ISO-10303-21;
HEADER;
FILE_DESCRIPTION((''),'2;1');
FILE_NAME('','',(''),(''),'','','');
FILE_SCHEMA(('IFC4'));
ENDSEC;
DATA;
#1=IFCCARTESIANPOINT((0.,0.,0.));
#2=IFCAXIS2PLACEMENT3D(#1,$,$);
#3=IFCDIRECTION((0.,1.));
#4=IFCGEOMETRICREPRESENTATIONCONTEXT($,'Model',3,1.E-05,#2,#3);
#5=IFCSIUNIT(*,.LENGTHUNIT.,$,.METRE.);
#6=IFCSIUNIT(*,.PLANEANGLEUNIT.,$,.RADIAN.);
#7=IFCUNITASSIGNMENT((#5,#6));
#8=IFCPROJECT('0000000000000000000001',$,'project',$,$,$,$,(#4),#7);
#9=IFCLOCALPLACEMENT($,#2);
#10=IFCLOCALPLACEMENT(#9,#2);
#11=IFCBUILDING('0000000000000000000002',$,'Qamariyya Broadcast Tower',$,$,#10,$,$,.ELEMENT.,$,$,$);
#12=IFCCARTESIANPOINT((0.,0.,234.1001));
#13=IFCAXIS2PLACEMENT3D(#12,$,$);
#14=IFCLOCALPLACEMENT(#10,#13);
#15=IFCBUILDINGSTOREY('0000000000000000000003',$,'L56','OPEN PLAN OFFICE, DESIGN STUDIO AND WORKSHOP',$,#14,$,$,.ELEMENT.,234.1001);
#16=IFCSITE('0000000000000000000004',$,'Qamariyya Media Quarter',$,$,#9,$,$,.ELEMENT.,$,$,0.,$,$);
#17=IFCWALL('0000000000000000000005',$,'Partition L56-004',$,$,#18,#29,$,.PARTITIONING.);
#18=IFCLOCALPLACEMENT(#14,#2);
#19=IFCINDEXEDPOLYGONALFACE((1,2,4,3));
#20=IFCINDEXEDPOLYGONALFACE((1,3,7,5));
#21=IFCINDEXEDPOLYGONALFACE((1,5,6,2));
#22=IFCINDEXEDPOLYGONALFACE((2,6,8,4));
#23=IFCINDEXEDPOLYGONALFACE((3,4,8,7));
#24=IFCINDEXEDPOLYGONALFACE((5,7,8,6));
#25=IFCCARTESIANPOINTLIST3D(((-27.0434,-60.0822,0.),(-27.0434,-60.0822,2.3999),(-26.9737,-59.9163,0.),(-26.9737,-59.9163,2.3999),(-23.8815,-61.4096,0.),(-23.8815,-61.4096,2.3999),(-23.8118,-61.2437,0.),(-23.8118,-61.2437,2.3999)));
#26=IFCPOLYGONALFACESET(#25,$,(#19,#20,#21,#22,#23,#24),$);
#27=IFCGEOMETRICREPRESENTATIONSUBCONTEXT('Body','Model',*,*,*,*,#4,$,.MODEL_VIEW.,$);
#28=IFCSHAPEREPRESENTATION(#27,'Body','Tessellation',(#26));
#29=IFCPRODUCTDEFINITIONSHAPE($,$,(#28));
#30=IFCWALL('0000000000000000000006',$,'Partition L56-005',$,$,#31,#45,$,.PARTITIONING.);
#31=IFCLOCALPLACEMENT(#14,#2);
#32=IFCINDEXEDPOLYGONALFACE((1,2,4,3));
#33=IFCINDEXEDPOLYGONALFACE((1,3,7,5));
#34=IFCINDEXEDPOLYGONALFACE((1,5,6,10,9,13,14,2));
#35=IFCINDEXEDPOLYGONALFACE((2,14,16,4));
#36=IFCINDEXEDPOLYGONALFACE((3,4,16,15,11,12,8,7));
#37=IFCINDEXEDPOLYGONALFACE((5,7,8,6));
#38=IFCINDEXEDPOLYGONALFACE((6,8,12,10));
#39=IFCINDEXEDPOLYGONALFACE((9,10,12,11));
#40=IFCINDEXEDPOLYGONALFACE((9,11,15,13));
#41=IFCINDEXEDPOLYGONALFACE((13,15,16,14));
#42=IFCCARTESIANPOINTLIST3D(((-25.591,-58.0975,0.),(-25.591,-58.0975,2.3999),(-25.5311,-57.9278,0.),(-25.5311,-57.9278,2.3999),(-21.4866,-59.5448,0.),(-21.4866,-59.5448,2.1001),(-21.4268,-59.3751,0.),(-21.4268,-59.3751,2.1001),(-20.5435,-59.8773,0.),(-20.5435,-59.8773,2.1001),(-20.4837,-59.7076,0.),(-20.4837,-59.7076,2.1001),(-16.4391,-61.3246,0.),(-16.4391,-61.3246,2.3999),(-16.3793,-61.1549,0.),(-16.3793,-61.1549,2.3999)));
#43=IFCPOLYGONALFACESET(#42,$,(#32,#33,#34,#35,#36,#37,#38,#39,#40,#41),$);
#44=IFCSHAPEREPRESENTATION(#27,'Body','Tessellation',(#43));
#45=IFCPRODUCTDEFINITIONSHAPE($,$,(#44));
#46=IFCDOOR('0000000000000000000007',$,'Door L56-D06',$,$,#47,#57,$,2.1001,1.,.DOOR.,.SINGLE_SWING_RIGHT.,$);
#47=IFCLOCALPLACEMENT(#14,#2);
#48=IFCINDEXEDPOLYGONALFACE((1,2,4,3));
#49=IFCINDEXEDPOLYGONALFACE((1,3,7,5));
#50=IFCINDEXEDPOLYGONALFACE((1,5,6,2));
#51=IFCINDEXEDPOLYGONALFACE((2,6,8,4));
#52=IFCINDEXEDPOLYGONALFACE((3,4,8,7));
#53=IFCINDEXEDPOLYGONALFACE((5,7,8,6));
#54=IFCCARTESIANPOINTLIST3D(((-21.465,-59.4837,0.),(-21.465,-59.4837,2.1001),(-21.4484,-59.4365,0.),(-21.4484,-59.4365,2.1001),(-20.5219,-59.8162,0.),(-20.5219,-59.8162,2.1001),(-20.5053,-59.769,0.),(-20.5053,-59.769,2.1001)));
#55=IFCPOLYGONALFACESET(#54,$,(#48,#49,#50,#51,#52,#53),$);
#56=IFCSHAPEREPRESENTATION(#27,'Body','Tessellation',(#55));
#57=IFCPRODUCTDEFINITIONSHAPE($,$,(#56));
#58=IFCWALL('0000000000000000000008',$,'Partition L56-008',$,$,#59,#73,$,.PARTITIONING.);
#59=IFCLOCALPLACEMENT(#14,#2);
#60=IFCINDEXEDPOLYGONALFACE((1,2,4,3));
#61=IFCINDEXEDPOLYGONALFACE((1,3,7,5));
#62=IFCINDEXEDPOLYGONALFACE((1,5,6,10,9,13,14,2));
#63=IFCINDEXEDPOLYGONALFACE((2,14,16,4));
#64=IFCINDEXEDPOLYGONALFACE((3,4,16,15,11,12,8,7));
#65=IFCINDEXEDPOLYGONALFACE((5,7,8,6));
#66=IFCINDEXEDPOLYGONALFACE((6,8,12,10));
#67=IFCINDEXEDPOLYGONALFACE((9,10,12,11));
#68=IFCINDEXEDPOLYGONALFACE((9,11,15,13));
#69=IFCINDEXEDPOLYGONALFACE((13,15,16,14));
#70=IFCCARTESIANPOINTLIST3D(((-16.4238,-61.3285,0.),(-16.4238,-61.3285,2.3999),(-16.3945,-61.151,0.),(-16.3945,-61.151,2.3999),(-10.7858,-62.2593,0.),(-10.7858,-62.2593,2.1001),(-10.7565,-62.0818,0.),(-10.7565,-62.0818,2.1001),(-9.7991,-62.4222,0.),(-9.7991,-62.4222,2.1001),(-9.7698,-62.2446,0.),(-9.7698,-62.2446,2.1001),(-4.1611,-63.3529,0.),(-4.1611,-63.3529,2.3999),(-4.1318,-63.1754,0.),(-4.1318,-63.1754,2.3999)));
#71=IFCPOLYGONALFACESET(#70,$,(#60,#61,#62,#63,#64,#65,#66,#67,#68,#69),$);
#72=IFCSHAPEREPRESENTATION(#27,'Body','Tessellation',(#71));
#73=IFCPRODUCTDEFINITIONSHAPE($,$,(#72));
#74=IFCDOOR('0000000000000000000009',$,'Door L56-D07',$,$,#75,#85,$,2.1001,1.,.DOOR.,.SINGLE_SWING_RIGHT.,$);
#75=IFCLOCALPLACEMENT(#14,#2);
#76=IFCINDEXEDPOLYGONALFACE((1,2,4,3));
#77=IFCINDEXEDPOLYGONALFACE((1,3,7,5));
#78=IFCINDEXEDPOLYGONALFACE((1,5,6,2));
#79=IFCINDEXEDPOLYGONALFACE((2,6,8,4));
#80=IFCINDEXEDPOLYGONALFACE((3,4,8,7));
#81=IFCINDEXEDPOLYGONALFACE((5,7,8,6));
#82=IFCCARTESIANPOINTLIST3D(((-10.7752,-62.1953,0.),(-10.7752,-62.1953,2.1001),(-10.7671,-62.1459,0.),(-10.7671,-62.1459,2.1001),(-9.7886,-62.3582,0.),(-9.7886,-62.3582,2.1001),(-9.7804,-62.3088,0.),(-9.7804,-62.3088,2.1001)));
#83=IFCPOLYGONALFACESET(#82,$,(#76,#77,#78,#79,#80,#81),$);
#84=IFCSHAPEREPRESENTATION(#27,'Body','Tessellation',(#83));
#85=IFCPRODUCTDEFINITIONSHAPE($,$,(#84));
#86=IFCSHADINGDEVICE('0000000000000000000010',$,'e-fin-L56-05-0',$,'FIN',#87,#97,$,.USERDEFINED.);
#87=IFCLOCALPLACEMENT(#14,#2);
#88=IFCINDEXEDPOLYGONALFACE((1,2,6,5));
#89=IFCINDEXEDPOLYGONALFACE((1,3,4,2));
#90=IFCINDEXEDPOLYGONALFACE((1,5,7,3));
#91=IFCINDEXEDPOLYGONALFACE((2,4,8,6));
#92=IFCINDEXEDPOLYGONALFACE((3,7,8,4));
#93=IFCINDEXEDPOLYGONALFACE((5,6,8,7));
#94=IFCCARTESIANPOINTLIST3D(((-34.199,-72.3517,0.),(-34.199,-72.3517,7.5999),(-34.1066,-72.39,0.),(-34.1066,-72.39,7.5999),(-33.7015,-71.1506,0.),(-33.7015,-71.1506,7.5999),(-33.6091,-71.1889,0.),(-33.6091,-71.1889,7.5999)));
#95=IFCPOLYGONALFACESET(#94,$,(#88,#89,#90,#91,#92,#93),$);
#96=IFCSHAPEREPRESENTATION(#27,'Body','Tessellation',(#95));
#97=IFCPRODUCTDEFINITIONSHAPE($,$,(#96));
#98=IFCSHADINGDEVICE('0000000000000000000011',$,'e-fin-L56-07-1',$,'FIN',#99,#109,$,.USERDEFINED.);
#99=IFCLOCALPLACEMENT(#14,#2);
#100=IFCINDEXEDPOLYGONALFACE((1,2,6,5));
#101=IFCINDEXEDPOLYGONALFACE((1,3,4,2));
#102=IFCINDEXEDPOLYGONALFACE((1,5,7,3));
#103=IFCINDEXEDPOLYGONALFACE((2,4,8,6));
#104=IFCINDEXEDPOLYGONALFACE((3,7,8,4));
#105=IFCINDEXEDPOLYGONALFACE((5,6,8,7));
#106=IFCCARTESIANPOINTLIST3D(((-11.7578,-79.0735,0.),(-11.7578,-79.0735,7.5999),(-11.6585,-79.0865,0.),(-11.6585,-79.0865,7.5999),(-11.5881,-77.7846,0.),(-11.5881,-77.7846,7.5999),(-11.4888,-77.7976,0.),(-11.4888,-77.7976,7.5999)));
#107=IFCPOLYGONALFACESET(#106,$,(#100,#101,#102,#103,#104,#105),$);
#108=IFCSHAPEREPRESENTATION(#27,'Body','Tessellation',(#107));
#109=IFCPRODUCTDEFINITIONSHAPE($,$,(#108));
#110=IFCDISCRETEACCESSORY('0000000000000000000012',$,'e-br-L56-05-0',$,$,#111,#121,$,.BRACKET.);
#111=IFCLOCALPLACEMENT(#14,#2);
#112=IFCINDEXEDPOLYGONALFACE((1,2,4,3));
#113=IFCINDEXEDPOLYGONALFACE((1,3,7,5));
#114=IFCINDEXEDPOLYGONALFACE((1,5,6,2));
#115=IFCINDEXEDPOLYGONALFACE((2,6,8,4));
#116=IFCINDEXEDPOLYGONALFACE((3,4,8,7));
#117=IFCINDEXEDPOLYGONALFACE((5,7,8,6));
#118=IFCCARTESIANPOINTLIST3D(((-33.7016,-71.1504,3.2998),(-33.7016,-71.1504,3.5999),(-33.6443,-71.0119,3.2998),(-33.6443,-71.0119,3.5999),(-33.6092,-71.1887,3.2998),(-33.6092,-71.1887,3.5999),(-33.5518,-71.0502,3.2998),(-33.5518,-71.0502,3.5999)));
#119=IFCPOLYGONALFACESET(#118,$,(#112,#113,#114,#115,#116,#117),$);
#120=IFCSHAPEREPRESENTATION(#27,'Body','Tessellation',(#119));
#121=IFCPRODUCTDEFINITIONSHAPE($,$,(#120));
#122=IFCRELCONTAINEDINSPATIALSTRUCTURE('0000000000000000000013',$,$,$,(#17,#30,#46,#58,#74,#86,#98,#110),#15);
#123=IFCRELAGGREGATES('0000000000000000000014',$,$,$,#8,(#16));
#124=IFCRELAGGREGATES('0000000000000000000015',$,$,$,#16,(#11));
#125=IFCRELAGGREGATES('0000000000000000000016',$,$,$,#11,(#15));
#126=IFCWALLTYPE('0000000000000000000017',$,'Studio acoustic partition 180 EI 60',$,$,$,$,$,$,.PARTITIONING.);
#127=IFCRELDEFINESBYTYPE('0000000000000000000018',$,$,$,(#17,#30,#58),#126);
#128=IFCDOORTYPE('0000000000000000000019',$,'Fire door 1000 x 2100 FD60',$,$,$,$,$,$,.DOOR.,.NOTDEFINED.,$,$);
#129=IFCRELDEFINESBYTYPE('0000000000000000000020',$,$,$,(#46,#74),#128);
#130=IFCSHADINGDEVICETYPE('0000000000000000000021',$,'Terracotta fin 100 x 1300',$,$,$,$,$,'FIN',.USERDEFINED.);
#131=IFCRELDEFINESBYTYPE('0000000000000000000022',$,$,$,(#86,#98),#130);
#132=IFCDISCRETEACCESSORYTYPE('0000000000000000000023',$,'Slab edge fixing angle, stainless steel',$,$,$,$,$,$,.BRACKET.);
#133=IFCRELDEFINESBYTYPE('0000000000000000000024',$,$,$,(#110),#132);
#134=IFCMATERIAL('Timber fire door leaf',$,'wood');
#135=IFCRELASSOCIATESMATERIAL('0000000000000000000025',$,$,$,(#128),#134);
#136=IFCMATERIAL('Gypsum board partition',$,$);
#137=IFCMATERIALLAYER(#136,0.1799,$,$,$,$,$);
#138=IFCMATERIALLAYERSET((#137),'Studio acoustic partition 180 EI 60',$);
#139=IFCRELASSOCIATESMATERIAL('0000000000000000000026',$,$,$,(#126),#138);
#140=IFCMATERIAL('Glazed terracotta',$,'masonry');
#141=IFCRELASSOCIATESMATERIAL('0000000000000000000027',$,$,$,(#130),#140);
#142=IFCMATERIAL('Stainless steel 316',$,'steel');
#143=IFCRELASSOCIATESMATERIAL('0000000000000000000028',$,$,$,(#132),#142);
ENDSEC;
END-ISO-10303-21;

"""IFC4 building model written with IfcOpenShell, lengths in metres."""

from ifc_helpers import new_model, si_unit, direction, frame, frame_2d, origin, origin_2d, place, context, subcontext, project, spatial, rectangle, extrude, material, layer, layer_set, material_profile, profile_set, type_object, element, fill, save


model = new_model("IFC4")

# Units and contexts
model_context = context("Model", 3, precision=1e-05, world=origin(), true_north=direction((0.0, 1.0)))
body_context = subcontext(model_context, "Body", "Model", "MODEL_VIEW")
ifc_project = project(units=[si_unit("LENGTHUNIT", "METRE"), si_unit("PLANEANGLEUNIT", "RADIAN")], contexts=[model_context])

# Site, building, storey
site_placement = place(None, origin())
site = spatial("IfcSite", under=ifc_project, at=site_placement, Name="Qamariyya Media Quarter", CompositionType="ELEMENT", RefElevation=0.0)
building_placement = place(site_placement, origin())
building = spatial("IfcBuilding", under=site, at=building_placement, Name="Qamariyya Broadcast Tower", CompositionType="ELEMENT")
storey_placement = place(building_placement, frame((0.0, 0.0, 234.1001)))
storey = spatial("IfcBuildingStorey", under=building, at=storey_placement, Name="L56", Description="OPEN PLAN OFFICE, DESIGN STUDIO AND WORKSHOP", CompositionType="ELEMENT", Elevation=234.1001)

# Shared definitions
ifc_material_1 = material(Name="Gypsum board partition")
ifc_material_2 = material(Name="Timber fire door leaf", Category="wood")
door_type_1 = type_object("IfcDoorType", Name="Fire door 1000 x 2100 FD60", OperationType="NOTDEFINED", PredefinedType="DOOR", material=ifc_material_2)

# Wall
ifc_layer_1 = layer(ifc_material_1, 0.1799)
ifc_layer_set_1 = layer_set([ifc_layer_1], Name="Studio acoustic partition 180 EI 60")
wall_type_1 = type_object("IfcWallType", Name="Studio acoustic partition 180 EI 60", PredefinedType="PARTITIONING", material=ifc_layer_set_1)
wall_1_placement = place(storey_placement, frame((-27.0085, -59.9993, 0.0), z_axis=(0.0, 0.0, 1.0), x_axis=(0.922044, -0.387086, 0.0)))
element("IfcWall", 1, at=wall_1_placement, inside=storey, type_object=wall_type_1, Name="Partition L56-004", PredefinedType="PARTITIONING", context=body_context, shape_type="SweptSolid", body=[
    extrude(rectangle(XDim=3.4292, YDim=0.1799, at=frame_2d((1.7146, 0.0))), origin(), (0.0, 0.0, 1.0), 2.3999),
])

# Walls, openings, doors
wall_2_placement = place(storey_placement, frame((-25.561, -58.0127, 0.0), z_axis=(0.0, 0.0, 1.0), x_axis=(0.943088, -0.332544, 0.0)))
wall_2 = element("IfcWall", 2, at=wall_2_placement, inside=storey, type_object=wall_type_1, Name="Partition L56-005", PredefinedType="PARTITIONING", context=body_context, shape_type="SweptSolid", body=[
    extrude(rectangle(XDim=9.7041, YDim=0.1799, at=frame_2d((4.8521, 0.0))), origin(), (0.0, 0.0, 1.0), 2.3999),
])
opening_1_placement = place(wall_2_placement, frame((4.3521, 0.0, 0.0)))
opening_1 = element("IfcOpeningElement", 3, at=opening_1_placement, cuts=wall_2, PredefinedType="OPENING", context=body_context, shape_type="SweptSolid", body=[
    extrude(rectangle(XDim=1.0, YDim=2.1001, at=frame_2d((0.5, 1.05))), frame((0.0, 0.0999, 0.0), z_axis=(0.0, -1.0, 0.0), x_axis=(1.0, 0.0, 0.0)), (0.0, 0.0, 1.0), 0.2),
])
door_1_placement = place(opening_1_placement, origin())
door_1 = element("IfcDoor", 4, at=door_1_placement, inside=storey, type_object=door_type_1, Name="Door L56-D06", OperationType="SINGLE_SWING_RIGHT", OverallHeight=2.1001, OverallWidth=1.0, PredefinedType="DOOR", context=body_context, shape_type="SweptSolid", body=[
    extrude(rectangle(XDim=1.0, YDim=2.1001, at=frame_2d((0.5, 1.05))), frame((0.0, 0.0249, 0.0), z_axis=(0.0, -1.0, 0.0), x_axis=(1.0, 0.0, 0.0)), (0.0, 0.0, 1.0), 0.05),
])
fill(opening_1, door_1)
wall_3_placement = place(storey_placement, frame((-16.4092, -61.2397, 0.0), z_axis=(0.0, 0.0, 1.0), x_axis=(0.986645, -0.162883, 0.0)))
wall_3 = element("IfcWall", 5, at=wall_3_placement, inside=storey, type_object=wall_type_1, Name="Partition L56-008", PredefinedType="PARTITIONING", context=body_context, shape_type="SweptSolid", body=[
    extrude(rectangle(XDim=12.4287, YDim=0.1799, at=frame_2d((6.2144, 0.0))), origin(), (0.0, 0.0, 1.0), 2.3999),
])
opening_2_placement = place(wall_3_placement, frame((5.7144, 0.0, 0.0)))
opening_2 = element("IfcOpeningElement", 6, at=opening_2_placement, cuts=wall_3, PredefinedType="OPENING", context=body_context, shape_type="SweptSolid", body=[
    extrude(rectangle(XDim=1.0, YDim=2.1001, at=frame_2d((0.5, 1.05))), frame((0.0, 0.0999, 0.0), z_axis=(0.0, -1.0, 0.0), x_axis=(1.0, 0.0, 0.0)), (0.0, 0.0, 1.0), 0.2),
])
door_2_placement = place(opening_2_placement, origin())
door_2 = element("IfcDoor", 7, at=door_2_placement, inside=storey, type_object=door_type_1, Name="Door L56-D07", OperationType="SINGLE_SWING_RIGHT", OverallHeight=2.1001, OverallWidth=1.0, PredefinedType="DOOR", context=body_context, shape_type="SweptSolid", body=[
    extrude(rectangle(XDim=1.0, YDim=2.1001, at=frame_2d((0.5, 1.05))), frame((0.0, 0.0249, 0.0), z_axis=(0.0, -1.0, 0.0), x_axis=(1.0, 0.0, 0.0)), (0.0, 0.0, 1.0), 0.05),
])
fill(opening_2, door_2)

# Shading devices
ifc_material_3 = material(Name="Glazed terracotta", Category="masonry")
ifc_material_profile_1 = material_profile(ifc_material_3, rectangle(XDim=1.3, YDim=0.1001, at=origin_2d()))
ifc_profile_set_1 = profile_set([ifc_material_profile_1], Name="Glazed terracotta")
shading_device_type = type_object("IfcShadingDeviceType", Name="Terracotta fin 100 x 1300", ElementType="FIN", PredefinedType="USERDEFINED", material=ifc_profile_set_1)
for number, where, z_axis, x_axis, name in (
    (8, (-33.9041, -71.7703, 0.0), (0.0, 0.0, 1.0), (-0.382683, -0.92388, 0.0), "e-fin-L56-05-0"),
    (9, (-11.6233, -78.4355, 0.0), (0.0, 0.0, 1.0), (-0.130526, -0.991445, 0.0), "e-fin-L56-07-1"),
):
    element("IfcShadingDevice", number, at=place(storey_placement, frame(where, z_axis=z_axis, x_axis=x_axis)), inside=storey, type_object=shading_device_type, Name=name, ObjectType="FIN", PredefinedType="USERDEFINED", context=body_context, shape_type="SweptSolid", body=[
        extrude(rectangle(XDim=1.3, YDim=0.1001, at=origin_2d()), origin(), (0.0, 0.0, 1.0), 7.5999),
    ])

# Discrete accessory
ifc_material_4 = material(Name="Stainless steel 316", Category="steel")
discrete_accessory_type = type_object("IfcDiscreteAccessoryType", Name="Slab edge fixing angle, stainless steel", PredefinedType="BRACKET", material=ifc_material_4)
discrete_accessory_placement = place(storey_placement, frame((-33.6267, -71.1003, 3.2998), z_axis=(0.0, 0.0, 1.0), x_axis=(0.92388, -0.382683, 0.0)))
element("IfcDiscreteAccessory", 10, at=discrete_accessory_placement, inside=storey, type_object=discrete_accessory_type, Name="e-br-L56-05-0", PredefinedType="BRACKET", context=body_context, shape_type="SweptSolid", body=[
    extrude(rectangle(XDim=0.1001, YDim=0.1499, at=origin_2d()), origin(), (0.0, 0.0, 1.0), 0.3),
])

save(model, "model.ifc")
